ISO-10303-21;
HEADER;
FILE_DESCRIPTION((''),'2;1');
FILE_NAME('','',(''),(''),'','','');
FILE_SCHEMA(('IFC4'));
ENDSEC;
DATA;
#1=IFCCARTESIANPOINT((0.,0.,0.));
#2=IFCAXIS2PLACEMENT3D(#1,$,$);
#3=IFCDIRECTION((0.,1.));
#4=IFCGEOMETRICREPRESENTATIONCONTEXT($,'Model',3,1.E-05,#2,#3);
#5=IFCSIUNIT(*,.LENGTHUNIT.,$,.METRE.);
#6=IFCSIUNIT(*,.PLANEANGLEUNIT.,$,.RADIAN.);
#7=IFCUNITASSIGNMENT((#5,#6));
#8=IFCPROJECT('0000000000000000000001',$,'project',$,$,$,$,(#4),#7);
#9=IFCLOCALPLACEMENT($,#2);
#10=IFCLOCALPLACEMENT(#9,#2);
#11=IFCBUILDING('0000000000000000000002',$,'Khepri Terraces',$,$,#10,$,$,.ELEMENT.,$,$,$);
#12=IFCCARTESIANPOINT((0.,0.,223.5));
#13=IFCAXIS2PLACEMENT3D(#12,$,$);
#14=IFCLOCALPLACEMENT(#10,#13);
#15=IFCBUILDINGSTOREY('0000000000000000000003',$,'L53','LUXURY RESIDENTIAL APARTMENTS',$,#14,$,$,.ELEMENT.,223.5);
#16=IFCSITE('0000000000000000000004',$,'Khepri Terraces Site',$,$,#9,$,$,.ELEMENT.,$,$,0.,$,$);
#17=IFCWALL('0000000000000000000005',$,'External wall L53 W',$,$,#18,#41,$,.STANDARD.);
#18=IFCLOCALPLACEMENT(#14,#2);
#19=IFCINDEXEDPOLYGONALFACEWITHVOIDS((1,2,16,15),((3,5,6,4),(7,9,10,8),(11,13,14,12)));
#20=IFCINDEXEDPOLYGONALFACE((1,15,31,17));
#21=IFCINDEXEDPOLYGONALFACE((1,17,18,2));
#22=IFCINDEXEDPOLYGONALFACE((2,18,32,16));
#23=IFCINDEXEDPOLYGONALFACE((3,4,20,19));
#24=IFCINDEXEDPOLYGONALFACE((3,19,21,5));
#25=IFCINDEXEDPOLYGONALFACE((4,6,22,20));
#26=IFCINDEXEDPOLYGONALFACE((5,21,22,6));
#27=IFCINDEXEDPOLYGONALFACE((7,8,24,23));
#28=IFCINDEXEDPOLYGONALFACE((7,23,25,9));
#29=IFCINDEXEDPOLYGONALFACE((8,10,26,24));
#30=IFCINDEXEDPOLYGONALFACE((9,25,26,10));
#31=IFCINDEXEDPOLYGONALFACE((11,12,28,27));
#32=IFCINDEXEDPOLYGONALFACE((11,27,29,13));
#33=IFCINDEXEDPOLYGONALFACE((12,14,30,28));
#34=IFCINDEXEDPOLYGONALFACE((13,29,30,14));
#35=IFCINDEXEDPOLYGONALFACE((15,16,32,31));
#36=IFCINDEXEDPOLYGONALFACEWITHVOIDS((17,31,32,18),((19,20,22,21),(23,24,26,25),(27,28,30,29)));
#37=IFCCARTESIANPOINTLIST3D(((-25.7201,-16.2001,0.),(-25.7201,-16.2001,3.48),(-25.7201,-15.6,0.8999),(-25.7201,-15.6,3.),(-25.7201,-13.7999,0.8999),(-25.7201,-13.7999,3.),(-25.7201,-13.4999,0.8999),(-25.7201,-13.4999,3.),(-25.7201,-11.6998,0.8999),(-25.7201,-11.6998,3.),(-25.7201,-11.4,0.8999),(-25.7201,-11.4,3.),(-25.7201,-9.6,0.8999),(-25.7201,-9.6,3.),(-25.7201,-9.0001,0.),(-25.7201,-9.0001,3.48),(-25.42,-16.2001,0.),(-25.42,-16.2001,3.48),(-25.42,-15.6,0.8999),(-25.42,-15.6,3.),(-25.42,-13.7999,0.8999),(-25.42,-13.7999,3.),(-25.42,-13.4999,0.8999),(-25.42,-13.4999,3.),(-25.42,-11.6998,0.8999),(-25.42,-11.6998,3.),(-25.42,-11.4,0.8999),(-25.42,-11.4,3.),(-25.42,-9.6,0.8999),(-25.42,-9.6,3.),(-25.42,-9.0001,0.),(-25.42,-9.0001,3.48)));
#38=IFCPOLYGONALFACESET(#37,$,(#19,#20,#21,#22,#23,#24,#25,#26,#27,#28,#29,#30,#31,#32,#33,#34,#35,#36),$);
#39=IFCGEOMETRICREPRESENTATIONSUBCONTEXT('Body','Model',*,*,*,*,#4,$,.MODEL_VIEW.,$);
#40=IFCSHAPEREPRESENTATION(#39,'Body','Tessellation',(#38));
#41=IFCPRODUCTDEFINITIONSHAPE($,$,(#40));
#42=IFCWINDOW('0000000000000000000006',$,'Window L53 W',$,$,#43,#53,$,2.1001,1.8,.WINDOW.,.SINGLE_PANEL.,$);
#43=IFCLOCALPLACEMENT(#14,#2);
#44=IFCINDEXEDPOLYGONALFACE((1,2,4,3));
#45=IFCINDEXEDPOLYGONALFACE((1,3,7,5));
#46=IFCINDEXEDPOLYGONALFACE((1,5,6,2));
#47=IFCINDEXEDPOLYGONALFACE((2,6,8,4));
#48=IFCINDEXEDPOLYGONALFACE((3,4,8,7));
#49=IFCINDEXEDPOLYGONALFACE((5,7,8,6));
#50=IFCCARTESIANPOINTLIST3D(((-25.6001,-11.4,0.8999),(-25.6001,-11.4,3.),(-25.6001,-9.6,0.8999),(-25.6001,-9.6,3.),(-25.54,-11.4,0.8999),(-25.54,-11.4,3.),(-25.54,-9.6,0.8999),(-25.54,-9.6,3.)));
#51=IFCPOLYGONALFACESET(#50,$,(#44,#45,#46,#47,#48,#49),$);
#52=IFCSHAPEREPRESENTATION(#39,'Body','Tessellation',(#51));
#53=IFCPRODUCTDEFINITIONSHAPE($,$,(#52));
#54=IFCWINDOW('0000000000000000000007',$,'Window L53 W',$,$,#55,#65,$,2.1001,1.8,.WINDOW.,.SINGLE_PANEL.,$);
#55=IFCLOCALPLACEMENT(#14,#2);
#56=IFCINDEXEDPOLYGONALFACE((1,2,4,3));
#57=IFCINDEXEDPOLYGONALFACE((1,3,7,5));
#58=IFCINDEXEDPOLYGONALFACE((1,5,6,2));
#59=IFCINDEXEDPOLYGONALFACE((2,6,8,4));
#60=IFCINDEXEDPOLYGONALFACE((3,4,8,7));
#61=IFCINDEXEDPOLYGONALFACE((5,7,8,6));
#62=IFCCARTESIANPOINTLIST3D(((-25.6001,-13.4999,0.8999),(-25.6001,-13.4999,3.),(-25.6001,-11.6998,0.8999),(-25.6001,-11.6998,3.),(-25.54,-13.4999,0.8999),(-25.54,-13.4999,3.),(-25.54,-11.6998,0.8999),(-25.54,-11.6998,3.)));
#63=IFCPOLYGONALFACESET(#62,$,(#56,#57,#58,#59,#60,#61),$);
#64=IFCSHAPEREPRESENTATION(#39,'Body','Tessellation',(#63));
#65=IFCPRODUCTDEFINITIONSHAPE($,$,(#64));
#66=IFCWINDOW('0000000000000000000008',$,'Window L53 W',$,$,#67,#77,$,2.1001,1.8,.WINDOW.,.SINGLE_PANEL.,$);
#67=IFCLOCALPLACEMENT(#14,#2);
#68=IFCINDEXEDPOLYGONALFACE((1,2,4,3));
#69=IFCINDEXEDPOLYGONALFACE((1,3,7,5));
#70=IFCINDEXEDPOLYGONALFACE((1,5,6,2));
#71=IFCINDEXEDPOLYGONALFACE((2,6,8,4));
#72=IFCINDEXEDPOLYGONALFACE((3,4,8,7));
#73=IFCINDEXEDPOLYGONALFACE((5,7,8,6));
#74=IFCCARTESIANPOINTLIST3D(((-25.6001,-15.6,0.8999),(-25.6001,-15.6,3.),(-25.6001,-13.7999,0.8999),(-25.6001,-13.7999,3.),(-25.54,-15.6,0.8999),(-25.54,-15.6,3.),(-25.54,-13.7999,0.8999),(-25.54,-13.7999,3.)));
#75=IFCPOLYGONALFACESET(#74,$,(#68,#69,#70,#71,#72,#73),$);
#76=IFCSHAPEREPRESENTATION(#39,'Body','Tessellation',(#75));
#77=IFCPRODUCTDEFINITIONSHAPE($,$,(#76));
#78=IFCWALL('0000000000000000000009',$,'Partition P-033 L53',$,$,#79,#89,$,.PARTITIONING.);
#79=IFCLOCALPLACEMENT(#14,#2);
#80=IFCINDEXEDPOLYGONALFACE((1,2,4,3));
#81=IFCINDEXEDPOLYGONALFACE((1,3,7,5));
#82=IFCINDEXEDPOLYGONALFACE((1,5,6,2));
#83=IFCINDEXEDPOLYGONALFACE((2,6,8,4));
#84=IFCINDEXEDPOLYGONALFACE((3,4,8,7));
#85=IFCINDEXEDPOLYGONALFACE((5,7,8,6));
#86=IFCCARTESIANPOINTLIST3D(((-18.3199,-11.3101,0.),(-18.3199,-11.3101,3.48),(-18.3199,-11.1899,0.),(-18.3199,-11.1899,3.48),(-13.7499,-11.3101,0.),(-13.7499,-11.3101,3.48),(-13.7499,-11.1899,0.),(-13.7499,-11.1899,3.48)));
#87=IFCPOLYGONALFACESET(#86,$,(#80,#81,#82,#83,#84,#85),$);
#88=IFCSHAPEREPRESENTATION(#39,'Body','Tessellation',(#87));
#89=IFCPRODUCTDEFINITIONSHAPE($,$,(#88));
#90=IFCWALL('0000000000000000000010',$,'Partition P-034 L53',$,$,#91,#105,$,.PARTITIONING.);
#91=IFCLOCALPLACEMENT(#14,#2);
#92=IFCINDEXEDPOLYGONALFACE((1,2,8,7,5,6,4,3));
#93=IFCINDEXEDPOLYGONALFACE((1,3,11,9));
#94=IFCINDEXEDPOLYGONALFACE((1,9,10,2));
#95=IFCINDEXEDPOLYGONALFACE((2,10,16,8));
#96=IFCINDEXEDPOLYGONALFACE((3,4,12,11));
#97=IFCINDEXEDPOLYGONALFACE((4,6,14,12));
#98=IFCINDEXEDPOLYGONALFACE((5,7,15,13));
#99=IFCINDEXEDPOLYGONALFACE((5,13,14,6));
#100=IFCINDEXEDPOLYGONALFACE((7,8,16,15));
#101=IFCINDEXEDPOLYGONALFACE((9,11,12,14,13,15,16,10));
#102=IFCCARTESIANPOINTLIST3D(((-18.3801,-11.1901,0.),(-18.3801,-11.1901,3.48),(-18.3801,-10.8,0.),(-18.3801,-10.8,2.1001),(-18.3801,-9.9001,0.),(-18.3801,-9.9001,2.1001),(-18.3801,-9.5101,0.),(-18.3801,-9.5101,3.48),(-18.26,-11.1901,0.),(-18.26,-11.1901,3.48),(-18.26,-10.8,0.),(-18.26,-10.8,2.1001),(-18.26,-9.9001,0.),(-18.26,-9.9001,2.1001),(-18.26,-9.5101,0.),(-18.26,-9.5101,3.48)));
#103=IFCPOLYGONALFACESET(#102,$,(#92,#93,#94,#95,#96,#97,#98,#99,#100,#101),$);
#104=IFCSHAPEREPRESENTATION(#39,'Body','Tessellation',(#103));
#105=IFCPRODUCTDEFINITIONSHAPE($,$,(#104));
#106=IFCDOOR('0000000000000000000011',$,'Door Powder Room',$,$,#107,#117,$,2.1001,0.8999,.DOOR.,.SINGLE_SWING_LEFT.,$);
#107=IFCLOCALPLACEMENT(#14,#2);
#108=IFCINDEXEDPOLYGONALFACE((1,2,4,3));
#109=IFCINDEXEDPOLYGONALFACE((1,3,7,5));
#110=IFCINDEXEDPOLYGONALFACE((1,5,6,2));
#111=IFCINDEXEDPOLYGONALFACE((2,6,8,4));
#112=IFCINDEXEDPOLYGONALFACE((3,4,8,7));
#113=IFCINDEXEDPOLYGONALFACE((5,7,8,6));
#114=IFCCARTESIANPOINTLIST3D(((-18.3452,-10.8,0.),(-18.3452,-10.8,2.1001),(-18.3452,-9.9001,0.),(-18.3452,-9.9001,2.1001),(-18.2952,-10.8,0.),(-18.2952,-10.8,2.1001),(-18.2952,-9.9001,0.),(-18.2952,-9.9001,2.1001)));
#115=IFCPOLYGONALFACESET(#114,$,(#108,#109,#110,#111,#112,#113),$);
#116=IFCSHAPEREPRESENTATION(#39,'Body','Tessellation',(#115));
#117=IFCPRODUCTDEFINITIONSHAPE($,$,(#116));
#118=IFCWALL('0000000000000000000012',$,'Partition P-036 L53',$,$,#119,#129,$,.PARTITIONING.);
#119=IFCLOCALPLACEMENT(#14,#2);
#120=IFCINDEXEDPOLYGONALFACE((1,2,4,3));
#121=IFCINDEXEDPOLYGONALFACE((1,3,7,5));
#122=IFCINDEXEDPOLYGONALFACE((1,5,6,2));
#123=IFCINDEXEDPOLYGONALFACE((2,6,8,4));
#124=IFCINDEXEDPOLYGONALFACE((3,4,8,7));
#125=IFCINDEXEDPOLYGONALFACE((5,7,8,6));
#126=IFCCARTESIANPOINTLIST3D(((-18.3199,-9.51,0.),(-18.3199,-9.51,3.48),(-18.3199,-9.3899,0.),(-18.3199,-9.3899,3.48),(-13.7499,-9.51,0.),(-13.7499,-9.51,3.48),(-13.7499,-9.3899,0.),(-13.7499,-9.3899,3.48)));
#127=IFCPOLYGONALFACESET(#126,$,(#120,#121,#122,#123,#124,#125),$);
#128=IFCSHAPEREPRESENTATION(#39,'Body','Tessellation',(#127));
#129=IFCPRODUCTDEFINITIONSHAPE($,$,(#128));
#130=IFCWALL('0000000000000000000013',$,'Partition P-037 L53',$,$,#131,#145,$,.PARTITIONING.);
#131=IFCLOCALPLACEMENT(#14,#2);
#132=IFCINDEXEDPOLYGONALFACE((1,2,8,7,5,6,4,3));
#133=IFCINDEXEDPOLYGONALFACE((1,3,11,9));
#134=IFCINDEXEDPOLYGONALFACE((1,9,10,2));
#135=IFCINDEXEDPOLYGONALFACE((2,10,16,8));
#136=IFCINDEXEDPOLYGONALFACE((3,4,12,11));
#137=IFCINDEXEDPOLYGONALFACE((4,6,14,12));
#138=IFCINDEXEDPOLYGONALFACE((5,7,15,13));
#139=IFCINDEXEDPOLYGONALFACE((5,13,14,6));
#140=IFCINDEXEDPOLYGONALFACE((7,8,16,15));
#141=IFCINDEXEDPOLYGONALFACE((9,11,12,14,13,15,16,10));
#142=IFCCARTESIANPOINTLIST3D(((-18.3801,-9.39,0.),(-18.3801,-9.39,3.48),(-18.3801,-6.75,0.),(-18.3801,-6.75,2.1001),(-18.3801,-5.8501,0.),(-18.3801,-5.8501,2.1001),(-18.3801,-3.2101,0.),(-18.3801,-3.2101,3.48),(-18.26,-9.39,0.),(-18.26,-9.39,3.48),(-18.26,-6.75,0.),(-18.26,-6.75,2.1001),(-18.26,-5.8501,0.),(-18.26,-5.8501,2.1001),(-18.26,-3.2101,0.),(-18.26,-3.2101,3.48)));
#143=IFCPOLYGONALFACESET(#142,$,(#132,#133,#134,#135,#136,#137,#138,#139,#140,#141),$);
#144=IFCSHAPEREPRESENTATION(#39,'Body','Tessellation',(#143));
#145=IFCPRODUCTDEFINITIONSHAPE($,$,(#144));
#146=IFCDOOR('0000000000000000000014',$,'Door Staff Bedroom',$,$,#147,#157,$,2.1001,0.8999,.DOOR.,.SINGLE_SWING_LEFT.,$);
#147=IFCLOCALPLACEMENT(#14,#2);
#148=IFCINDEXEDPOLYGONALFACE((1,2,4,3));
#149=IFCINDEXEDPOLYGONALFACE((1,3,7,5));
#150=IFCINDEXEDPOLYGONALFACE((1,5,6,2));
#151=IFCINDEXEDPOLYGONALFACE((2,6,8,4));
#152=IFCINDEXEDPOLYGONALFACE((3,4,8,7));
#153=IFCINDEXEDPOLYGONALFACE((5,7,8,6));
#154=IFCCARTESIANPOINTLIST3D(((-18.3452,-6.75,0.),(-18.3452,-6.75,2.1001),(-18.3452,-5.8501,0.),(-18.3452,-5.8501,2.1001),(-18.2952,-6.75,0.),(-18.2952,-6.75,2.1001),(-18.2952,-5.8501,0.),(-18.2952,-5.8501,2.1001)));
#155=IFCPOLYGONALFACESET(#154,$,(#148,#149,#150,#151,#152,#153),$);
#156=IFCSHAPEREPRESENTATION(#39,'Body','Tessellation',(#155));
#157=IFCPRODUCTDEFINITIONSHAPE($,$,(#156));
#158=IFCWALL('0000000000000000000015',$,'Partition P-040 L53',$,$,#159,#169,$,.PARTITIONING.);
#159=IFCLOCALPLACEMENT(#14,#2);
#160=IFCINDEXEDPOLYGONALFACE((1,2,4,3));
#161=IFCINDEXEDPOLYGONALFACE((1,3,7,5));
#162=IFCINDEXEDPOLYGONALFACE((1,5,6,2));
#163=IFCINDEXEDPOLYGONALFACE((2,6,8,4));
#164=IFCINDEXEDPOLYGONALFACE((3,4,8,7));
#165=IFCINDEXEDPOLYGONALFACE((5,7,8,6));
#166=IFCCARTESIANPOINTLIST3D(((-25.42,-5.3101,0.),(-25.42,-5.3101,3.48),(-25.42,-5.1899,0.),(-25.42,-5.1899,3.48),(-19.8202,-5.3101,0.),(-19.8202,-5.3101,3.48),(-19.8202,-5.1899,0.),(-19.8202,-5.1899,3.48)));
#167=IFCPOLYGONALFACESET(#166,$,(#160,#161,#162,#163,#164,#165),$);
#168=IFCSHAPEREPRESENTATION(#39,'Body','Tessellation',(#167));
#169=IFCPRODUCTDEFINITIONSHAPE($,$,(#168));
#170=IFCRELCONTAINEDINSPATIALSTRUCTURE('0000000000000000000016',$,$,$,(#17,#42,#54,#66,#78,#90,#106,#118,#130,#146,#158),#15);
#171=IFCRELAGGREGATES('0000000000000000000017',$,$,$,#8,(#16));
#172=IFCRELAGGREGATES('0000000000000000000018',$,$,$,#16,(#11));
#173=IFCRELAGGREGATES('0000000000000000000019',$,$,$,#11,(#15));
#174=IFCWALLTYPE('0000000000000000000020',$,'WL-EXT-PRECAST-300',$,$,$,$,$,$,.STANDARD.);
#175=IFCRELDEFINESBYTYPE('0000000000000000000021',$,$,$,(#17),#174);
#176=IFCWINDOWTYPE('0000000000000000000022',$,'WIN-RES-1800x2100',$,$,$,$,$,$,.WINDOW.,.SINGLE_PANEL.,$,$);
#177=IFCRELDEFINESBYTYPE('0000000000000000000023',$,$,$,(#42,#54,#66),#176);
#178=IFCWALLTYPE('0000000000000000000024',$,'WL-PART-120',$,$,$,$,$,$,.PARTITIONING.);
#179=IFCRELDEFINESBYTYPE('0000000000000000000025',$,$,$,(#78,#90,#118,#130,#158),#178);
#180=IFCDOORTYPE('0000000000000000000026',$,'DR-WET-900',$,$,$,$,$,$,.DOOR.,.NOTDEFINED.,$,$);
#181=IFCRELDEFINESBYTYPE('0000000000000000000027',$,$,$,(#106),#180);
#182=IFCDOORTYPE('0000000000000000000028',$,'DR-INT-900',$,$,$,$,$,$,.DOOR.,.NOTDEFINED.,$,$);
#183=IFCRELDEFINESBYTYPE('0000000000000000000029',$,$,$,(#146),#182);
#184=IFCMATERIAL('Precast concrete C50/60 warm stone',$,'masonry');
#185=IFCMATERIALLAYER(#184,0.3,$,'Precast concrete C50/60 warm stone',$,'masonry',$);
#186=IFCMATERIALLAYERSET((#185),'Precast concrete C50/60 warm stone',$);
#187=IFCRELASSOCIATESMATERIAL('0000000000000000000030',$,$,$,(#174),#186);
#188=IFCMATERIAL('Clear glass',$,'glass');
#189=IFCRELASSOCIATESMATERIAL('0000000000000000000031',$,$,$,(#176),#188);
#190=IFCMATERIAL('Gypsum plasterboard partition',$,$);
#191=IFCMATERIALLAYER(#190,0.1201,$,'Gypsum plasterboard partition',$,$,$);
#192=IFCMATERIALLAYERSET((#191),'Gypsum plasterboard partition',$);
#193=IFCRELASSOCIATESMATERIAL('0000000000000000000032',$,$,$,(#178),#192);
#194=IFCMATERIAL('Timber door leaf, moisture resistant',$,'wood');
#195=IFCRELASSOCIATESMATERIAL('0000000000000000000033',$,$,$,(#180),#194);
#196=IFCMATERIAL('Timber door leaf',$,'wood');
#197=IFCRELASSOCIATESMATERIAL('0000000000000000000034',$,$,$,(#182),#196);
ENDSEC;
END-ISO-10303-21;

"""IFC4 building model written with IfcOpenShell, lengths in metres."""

from ifc_helpers import new_model, si_unit, direction, frame, frame_2d, origin, place, context, subcontext, project, spatial, rectangle, extrude, material, layer, layer_set, type_object, element, fill, save


model = new_model("IFC4")

# Units and contexts
model_context = context("Model", 3, precision=1e-05, world=origin(), true_north=direction((0.0, 1.0)))
body_context = subcontext(model_context, "Body", "Model", "MODEL_VIEW")
ifc_project = project(units=[si_unit("LENGTHUNIT", "METRE"), si_unit("PLANEANGLEUNIT", "RADIAN")], contexts=[model_context])

# Site, building, storey
site_placement = place(None, origin())
site = spatial("IfcSite", under=ifc_project, at=site_placement, Name="Khepri Terraces Site", CompositionType="ELEMENT", RefElevation=0.0)
building_placement = place(site_placement, origin())
building = spatial("IfcBuilding", under=site, at=building_placement, Name="Khepri Terraces", CompositionType="ELEMENT")
storey_placement = place(building_placement, frame((0.0, 0.0, 223.5)))
storey = spatial("IfcBuildingStorey", under=building, at=storey_placement, Name="L53", Description="LUXURY RESIDENTIAL APARTMENTS", CompositionType="ELEMENT", Elevation=223.5)

# Wall, openings, windows
ifc_material_1 = material(Name="Precast concrete C50/60 warm stone", Category="masonry")
ifc_layer_1 = layer(ifc_material_1, 0.3, Name="Precast concrete C50/60 warm stone", Category="masonry")
ifc_layer_set_1 = layer_set([ifc_layer_1], Name="Precast concrete C50/60 warm stone")
wall_type_1 = type_object("IfcWallType", Name="WL-EXT-PRECAST-300", PredefinedType="STANDARD", material=ifc_layer_set_1)
ifc_material_2 = material(Name="Clear glass", Category="glass")
window_type = type_object("IfcWindowType", Name="WIN-RES-1800x2100", PartitioningType="SINGLE_PANEL", PredefinedType="WINDOW", material=ifc_material_2)
wall_1_placement = place(storey_placement, frame((-25.5701, -9.0, 0.0), z_axis=(0.0, 0.0, 1.0), x_axis=(0.0, -1.0, 0.0)))
wall_1 = element("IfcWall", 1, at=wall_1_placement, inside=storey, type_object=wall_type_1, Name="External wall L53 W", PredefinedType="STANDARD", context=body_context, shape_type="SweptSolid", body=[
    extrude(rectangle(XDim=7.2, YDim=0.3, at=frame_2d((3.6001, 0.0))), origin(), (0.0, 0.0, 1.0), 3.48),
])
opening_1_placement = place(wall_1_placement, frame((0.6001, 0.0, 0.8999)))
opening_1 = element("IfcOpeningElement", 2, at=opening_1_placement, cuts=wall_1, PredefinedType="OPENING", context=body_context, shape_type="SweptSolid", body=[
    extrude(rectangle(XDim=1.8, YDim=2.1001, at=frame_2d((0.8999, 1.05))), frame((0.0, 0.1602, 0.0), z_axis=(0.0, -1.0, 0.0), x_axis=(1.0, 0.0, 0.0)), (0.0, 0.0, 1.0), 0.3201),
])
opening_2_placement = place(wall_1_placement, frame((2.7, 0.0, 0.8999)))
opening_2 = element("IfcOpeningElement", 3, at=opening_2_placement, cuts=wall_1, PredefinedType="OPENING", context=body_context, shape_type="SweptSolid", body=[
    extrude(rectangle(XDim=1.8, YDim=2.1001, at=frame_2d((0.8999, 1.05))), frame((0.0, 0.1602, 0.0), z_axis=(0.0, -1.0, 0.0), x_axis=(1.0, 0.0, 0.0)), (0.0, 0.0, 1.0), 0.3201),
])
opening_3_placement = place(wall_1_placement, frame((4.8, 0.0, 0.8999)))
opening_3 = element("IfcOpeningElement", 4, at=opening_3_placement, cuts=wall_1, PredefinedType="OPENING", context=body_context, shape_type="SweptSolid", body=[
    extrude(rectangle(XDim=1.8, YDim=2.1001, at=frame_2d((0.8999, 1.05))), frame((0.0, 0.1602, 0.0), z_axis=(0.0, -1.0, 0.0), x_axis=(1.0, 0.0, 0.0)), (0.0, 0.0, 1.0), 0.3201),
])
window_1_placement = place(opening_1_placement, origin())
window_1 = element("IfcWindow", 5, at=window_1_placement, inside=storey, type_object=window_type, Name="Window L53 W", OverallHeight=2.1001, OverallWidth=1.8, PartitioningType="SINGLE_PANEL", PredefinedType="WINDOW", context=body_context, shape_type="SweptSolid", body=[
    extrude(rectangle(XDim=1.8, YDim=2.1001, at=frame_2d((0.8999, 1.05))), frame((0.0, 0.03, 0.0), z_axis=(0.0, -1.0, 0.0), x_axis=(1.0, 0.0, 0.0)), (0.0, 0.0, 1.0), 0.0601),
])
fill(opening_1, window_1)
window_2_placement = place(opening_2_placement, origin())
window_2 = element("IfcWindow", 6, at=window_2_placement, inside=storey, type_object=window_type, Name="Window L53 W", OverallHeight=2.1001, OverallWidth=1.8, PartitioningType="SINGLE_PANEL", PredefinedType="WINDOW", context=body_context, shape_type="SweptSolid", body=[
    extrude(rectangle(XDim=1.8, YDim=2.1001, at=frame_2d((0.8999, 1.05))), frame((0.0, 0.03, 0.0), z_axis=(0.0, -1.0, 0.0), x_axis=(1.0, 0.0, 0.0)), (0.0, 0.0, 1.0), 0.0601),
])
fill(opening_2, window_2)
window_3_placement = place(opening_3_placement, origin())
window_3 = element("IfcWindow", 7, at=window_3_placement, inside=storey, type_object=window_type, Name="Window L53 W", OverallHeight=2.1001, OverallWidth=1.8, PartitioningType="SINGLE_PANEL", PredefinedType="WINDOW", context=body_context, shape_type="SweptSolid", body=[
    extrude(rectangle(XDim=1.8, YDim=2.1001, at=frame_2d((0.8999, 1.05))), frame((0.0, 0.03, 0.0), z_axis=(0.0, -1.0, 0.0), x_axis=(1.0, 0.0, 0.0)), (0.0, 0.0, 1.0), 0.0601),
])
fill(opening_3, window_3)

# Wall
ifc_material_3 = material(Name="Gypsum plasterboard partition")
ifc_layer_2 = layer(ifc_material_3, 0.1201, Name="Gypsum plasterboard partition")
ifc_layer_set_2 = layer_set([ifc_layer_2], Name="Gypsum plasterboard partition")
wall_type_2 = type_object("IfcWallType", Name="WL-PART-120", PredefinedType="PARTITIONING", material=ifc_layer_set_2)
wall_2_placement = place(storey_placement, frame((-18.3201, -11.25, 0.0), z_axis=(0.0, 0.0, 1.0), x_axis=(1.0, 0.0, 0.0)))
element("IfcWall", 8, at=wall_2_placement, inside=storey, type_object=wall_type_2, Name="Partition P-033 L53", PredefinedType="PARTITIONING", context=body_context, shape_type="SweptSolid", body=[
    extrude(rectangle(XDim=4.5701, YDim=0.1201, at=frame_2d((2.2852, 0.0))), origin(), (0.0, 0.0, 1.0), 3.48),
])

# Wall, opening, door
wall_3_placement = place(storey_placement, frame((-18.3201, -11.1899, 0.0), z_axis=(0.0, 0.0, 1.0), x_axis=(0.0, 1.0, 0.0)))
wall_3 = element("IfcWall", 9, at=wall_3_placement, inside=storey, type_object=wall_type_2, Name="Partition P-034 L53", PredefinedType="PARTITIONING", context=body_context, shape_type="SweptSolid", body=[
    extrude(rectangle(XDim=1.6799, YDim=0.1201, at=frame_2d((0.8398, 0.0))), origin(), (0.0, 0.0, 1.0), 3.48),
])
opening_4_placement = place(wall_3_placement, frame((0.3899, 0.0, 0.0)))
opening_4 = element("IfcOpeningElement", 10, at=opening_4_placement, cuts=wall_3, PredefinedType="OPENING", context=body_context, shape_type="SweptSolid", body=[
    extrude(rectangle(XDim=0.8999, YDim=2.1001, at=frame_2d((0.45, 1.05))), frame((0.0, 0.0701, 0.0), z_axis=(0.0, -1.0, 0.0), x_axis=(1.0, 0.0, 0.0)), (0.0, 0.0, 1.0), 0.1401),
])
ifc_material_4 = material(Name="Timber door leaf, moisture resistant", Category="wood")
door_type_1 = type_object("IfcDoorType", Name="DR-WET-900", OperationType="NOTDEFINED", PredefinedType="DOOR", material=ifc_material_4)
door_1_placement = place(opening_4_placement, frame((0.8999, 0.0, 0.0), z_axis=(0.0, 0.0, 1.0), x_axis=(-1.0, 0.0, 0.0)))
door_1 = element("IfcDoor", 11, at=door_1_placement, inside=storey, type_object=door_type_1, Name="Door Powder Room", OperationType="SINGLE_SWING_LEFT", OverallHeight=2.1001, OverallWidth=0.8999, PredefinedType="DOOR", context=body_context, shape_type="SweptSolid", body=[
    extrude(rectangle(XDim=0.8999, YDim=2.1001, at=frame_2d((0.45, 1.05))), frame((0.0, 0.0249, 0.0), z_axis=(0.0, -1.0, 0.0), x_axis=(1.0, 0.0, 0.0)), (0.0, 0.0, 1.0), 0.05),
])
fill(opening_4, door_1)

# Wall
wall_4_placement = place(storey_placement, frame((-18.3201, -9.45, 0.0), z_axis=(0.0, 0.0, 1.0), x_axis=(1.0, 0.0, 0.0)))
element("IfcWall", 12, at=wall_4_placement, inside=storey, type_object=wall_type_2, Name="Partition P-036 L53", PredefinedType="PARTITIONING", context=body_context, shape_type="SweptSolid", body=[
    extrude(rectangle(XDim=4.5701, YDim=0.1201, at=frame_2d((2.2852, 0.0))), origin(), (0.0, 0.0, 1.0), 3.48),
])

# Wall, opening, door
wall_5_placement = place(storey_placement, frame((-18.3201, -9.3899, 0.0), z_axis=(0.0, 0.0, 1.0), x_axis=(0.0, 1.0, 0.0)))
wall_5 = element("IfcWall", 13, at=wall_5_placement, inside=storey, type_object=wall_type_2, Name="Partition P-037 L53", PredefinedType="PARTITIONING", context=body_context, shape_type="SweptSolid", body=[
    extrude(rectangle(XDim=6.1799, YDim=0.1201, at=frame_2d((3.0898, 0.0))), origin(), (0.0, 0.0, 1.0), 3.48),
])
opening_5_placement = place(wall_5_placement, frame((2.6399, 0.0, 0.0)))
opening_5 = element("IfcOpeningElement", 14, at=opening_5_placement, cuts=wall_5, PredefinedType="OPENING", context=body_context, shape_type="SweptSolid", body=[
    extrude(rectangle(XDim=0.8999, YDim=2.1001, at=frame_2d((0.45, 1.05))), frame((0.0, 0.0701, 0.0), z_axis=(0.0, -1.0, 0.0), x_axis=(1.0, 0.0, 0.0)), (0.0, 0.0, 1.0), 0.1401),
])
ifc_material_5 = material(Name="Timber door leaf", Category="wood")
door_type_2 = type_object("IfcDoorType", Name="DR-INT-900", OperationType="NOTDEFINED", PredefinedType="DOOR", material=ifc_material_5)
door_2_placement = place(opening_5_placement, frame((0.8999, 0.0, 0.0), z_axis=(0.0, 0.0, 1.0), x_axis=(-1.0, 0.0, 0.0)))
door_2 = element("IfcDoor", 15, at=door_2_placement, inside=storey, type_object=door_type_2, Name="Door Staff Bedroom", OperationType="SINGLE_SWING_LEFT", OverallHeight=2.1001, OverallWidth=0.8999, PredefinedType="DOOR", context=body_context, shape_type="SweptSolid", body=[
    extrude(rectangle(XDim=0.8999, YDim=2.1001, at=frame_2d((0.45, 1.05))), frame((0.0, 0.0249, 0.0), z_axis=(0.0, -1.0, 0.0), x_axis=(1.0, 0.0, 0.0)), (0.0, 0.0, 1.0), 0.05),
])
fill(opening_5, door_2)

# Wall
wall_6_placement = place(storey_placement, frame((-25.4199, -5.25, 0.0), z_axis=(0.0, 0.0, 1.0), x_axis=(1.0, 0.0, 0.0)))
element("IfcWall", 16, at=wall_6_placement, inside=storey, type_object=wall_type_2, Name="Partition P-040 L53", PredefinedType="PARTITIONING", context=body_context, shape_type="SweptSolid", body=[
    extrude(rectangle(XDim=5.5999, YDim=0.1201, at=frame_2d((2.7998, 0.0))), origin(), (0.0, 0.0, 1.0), 3.48),
])

save(model, "model.ifc")
